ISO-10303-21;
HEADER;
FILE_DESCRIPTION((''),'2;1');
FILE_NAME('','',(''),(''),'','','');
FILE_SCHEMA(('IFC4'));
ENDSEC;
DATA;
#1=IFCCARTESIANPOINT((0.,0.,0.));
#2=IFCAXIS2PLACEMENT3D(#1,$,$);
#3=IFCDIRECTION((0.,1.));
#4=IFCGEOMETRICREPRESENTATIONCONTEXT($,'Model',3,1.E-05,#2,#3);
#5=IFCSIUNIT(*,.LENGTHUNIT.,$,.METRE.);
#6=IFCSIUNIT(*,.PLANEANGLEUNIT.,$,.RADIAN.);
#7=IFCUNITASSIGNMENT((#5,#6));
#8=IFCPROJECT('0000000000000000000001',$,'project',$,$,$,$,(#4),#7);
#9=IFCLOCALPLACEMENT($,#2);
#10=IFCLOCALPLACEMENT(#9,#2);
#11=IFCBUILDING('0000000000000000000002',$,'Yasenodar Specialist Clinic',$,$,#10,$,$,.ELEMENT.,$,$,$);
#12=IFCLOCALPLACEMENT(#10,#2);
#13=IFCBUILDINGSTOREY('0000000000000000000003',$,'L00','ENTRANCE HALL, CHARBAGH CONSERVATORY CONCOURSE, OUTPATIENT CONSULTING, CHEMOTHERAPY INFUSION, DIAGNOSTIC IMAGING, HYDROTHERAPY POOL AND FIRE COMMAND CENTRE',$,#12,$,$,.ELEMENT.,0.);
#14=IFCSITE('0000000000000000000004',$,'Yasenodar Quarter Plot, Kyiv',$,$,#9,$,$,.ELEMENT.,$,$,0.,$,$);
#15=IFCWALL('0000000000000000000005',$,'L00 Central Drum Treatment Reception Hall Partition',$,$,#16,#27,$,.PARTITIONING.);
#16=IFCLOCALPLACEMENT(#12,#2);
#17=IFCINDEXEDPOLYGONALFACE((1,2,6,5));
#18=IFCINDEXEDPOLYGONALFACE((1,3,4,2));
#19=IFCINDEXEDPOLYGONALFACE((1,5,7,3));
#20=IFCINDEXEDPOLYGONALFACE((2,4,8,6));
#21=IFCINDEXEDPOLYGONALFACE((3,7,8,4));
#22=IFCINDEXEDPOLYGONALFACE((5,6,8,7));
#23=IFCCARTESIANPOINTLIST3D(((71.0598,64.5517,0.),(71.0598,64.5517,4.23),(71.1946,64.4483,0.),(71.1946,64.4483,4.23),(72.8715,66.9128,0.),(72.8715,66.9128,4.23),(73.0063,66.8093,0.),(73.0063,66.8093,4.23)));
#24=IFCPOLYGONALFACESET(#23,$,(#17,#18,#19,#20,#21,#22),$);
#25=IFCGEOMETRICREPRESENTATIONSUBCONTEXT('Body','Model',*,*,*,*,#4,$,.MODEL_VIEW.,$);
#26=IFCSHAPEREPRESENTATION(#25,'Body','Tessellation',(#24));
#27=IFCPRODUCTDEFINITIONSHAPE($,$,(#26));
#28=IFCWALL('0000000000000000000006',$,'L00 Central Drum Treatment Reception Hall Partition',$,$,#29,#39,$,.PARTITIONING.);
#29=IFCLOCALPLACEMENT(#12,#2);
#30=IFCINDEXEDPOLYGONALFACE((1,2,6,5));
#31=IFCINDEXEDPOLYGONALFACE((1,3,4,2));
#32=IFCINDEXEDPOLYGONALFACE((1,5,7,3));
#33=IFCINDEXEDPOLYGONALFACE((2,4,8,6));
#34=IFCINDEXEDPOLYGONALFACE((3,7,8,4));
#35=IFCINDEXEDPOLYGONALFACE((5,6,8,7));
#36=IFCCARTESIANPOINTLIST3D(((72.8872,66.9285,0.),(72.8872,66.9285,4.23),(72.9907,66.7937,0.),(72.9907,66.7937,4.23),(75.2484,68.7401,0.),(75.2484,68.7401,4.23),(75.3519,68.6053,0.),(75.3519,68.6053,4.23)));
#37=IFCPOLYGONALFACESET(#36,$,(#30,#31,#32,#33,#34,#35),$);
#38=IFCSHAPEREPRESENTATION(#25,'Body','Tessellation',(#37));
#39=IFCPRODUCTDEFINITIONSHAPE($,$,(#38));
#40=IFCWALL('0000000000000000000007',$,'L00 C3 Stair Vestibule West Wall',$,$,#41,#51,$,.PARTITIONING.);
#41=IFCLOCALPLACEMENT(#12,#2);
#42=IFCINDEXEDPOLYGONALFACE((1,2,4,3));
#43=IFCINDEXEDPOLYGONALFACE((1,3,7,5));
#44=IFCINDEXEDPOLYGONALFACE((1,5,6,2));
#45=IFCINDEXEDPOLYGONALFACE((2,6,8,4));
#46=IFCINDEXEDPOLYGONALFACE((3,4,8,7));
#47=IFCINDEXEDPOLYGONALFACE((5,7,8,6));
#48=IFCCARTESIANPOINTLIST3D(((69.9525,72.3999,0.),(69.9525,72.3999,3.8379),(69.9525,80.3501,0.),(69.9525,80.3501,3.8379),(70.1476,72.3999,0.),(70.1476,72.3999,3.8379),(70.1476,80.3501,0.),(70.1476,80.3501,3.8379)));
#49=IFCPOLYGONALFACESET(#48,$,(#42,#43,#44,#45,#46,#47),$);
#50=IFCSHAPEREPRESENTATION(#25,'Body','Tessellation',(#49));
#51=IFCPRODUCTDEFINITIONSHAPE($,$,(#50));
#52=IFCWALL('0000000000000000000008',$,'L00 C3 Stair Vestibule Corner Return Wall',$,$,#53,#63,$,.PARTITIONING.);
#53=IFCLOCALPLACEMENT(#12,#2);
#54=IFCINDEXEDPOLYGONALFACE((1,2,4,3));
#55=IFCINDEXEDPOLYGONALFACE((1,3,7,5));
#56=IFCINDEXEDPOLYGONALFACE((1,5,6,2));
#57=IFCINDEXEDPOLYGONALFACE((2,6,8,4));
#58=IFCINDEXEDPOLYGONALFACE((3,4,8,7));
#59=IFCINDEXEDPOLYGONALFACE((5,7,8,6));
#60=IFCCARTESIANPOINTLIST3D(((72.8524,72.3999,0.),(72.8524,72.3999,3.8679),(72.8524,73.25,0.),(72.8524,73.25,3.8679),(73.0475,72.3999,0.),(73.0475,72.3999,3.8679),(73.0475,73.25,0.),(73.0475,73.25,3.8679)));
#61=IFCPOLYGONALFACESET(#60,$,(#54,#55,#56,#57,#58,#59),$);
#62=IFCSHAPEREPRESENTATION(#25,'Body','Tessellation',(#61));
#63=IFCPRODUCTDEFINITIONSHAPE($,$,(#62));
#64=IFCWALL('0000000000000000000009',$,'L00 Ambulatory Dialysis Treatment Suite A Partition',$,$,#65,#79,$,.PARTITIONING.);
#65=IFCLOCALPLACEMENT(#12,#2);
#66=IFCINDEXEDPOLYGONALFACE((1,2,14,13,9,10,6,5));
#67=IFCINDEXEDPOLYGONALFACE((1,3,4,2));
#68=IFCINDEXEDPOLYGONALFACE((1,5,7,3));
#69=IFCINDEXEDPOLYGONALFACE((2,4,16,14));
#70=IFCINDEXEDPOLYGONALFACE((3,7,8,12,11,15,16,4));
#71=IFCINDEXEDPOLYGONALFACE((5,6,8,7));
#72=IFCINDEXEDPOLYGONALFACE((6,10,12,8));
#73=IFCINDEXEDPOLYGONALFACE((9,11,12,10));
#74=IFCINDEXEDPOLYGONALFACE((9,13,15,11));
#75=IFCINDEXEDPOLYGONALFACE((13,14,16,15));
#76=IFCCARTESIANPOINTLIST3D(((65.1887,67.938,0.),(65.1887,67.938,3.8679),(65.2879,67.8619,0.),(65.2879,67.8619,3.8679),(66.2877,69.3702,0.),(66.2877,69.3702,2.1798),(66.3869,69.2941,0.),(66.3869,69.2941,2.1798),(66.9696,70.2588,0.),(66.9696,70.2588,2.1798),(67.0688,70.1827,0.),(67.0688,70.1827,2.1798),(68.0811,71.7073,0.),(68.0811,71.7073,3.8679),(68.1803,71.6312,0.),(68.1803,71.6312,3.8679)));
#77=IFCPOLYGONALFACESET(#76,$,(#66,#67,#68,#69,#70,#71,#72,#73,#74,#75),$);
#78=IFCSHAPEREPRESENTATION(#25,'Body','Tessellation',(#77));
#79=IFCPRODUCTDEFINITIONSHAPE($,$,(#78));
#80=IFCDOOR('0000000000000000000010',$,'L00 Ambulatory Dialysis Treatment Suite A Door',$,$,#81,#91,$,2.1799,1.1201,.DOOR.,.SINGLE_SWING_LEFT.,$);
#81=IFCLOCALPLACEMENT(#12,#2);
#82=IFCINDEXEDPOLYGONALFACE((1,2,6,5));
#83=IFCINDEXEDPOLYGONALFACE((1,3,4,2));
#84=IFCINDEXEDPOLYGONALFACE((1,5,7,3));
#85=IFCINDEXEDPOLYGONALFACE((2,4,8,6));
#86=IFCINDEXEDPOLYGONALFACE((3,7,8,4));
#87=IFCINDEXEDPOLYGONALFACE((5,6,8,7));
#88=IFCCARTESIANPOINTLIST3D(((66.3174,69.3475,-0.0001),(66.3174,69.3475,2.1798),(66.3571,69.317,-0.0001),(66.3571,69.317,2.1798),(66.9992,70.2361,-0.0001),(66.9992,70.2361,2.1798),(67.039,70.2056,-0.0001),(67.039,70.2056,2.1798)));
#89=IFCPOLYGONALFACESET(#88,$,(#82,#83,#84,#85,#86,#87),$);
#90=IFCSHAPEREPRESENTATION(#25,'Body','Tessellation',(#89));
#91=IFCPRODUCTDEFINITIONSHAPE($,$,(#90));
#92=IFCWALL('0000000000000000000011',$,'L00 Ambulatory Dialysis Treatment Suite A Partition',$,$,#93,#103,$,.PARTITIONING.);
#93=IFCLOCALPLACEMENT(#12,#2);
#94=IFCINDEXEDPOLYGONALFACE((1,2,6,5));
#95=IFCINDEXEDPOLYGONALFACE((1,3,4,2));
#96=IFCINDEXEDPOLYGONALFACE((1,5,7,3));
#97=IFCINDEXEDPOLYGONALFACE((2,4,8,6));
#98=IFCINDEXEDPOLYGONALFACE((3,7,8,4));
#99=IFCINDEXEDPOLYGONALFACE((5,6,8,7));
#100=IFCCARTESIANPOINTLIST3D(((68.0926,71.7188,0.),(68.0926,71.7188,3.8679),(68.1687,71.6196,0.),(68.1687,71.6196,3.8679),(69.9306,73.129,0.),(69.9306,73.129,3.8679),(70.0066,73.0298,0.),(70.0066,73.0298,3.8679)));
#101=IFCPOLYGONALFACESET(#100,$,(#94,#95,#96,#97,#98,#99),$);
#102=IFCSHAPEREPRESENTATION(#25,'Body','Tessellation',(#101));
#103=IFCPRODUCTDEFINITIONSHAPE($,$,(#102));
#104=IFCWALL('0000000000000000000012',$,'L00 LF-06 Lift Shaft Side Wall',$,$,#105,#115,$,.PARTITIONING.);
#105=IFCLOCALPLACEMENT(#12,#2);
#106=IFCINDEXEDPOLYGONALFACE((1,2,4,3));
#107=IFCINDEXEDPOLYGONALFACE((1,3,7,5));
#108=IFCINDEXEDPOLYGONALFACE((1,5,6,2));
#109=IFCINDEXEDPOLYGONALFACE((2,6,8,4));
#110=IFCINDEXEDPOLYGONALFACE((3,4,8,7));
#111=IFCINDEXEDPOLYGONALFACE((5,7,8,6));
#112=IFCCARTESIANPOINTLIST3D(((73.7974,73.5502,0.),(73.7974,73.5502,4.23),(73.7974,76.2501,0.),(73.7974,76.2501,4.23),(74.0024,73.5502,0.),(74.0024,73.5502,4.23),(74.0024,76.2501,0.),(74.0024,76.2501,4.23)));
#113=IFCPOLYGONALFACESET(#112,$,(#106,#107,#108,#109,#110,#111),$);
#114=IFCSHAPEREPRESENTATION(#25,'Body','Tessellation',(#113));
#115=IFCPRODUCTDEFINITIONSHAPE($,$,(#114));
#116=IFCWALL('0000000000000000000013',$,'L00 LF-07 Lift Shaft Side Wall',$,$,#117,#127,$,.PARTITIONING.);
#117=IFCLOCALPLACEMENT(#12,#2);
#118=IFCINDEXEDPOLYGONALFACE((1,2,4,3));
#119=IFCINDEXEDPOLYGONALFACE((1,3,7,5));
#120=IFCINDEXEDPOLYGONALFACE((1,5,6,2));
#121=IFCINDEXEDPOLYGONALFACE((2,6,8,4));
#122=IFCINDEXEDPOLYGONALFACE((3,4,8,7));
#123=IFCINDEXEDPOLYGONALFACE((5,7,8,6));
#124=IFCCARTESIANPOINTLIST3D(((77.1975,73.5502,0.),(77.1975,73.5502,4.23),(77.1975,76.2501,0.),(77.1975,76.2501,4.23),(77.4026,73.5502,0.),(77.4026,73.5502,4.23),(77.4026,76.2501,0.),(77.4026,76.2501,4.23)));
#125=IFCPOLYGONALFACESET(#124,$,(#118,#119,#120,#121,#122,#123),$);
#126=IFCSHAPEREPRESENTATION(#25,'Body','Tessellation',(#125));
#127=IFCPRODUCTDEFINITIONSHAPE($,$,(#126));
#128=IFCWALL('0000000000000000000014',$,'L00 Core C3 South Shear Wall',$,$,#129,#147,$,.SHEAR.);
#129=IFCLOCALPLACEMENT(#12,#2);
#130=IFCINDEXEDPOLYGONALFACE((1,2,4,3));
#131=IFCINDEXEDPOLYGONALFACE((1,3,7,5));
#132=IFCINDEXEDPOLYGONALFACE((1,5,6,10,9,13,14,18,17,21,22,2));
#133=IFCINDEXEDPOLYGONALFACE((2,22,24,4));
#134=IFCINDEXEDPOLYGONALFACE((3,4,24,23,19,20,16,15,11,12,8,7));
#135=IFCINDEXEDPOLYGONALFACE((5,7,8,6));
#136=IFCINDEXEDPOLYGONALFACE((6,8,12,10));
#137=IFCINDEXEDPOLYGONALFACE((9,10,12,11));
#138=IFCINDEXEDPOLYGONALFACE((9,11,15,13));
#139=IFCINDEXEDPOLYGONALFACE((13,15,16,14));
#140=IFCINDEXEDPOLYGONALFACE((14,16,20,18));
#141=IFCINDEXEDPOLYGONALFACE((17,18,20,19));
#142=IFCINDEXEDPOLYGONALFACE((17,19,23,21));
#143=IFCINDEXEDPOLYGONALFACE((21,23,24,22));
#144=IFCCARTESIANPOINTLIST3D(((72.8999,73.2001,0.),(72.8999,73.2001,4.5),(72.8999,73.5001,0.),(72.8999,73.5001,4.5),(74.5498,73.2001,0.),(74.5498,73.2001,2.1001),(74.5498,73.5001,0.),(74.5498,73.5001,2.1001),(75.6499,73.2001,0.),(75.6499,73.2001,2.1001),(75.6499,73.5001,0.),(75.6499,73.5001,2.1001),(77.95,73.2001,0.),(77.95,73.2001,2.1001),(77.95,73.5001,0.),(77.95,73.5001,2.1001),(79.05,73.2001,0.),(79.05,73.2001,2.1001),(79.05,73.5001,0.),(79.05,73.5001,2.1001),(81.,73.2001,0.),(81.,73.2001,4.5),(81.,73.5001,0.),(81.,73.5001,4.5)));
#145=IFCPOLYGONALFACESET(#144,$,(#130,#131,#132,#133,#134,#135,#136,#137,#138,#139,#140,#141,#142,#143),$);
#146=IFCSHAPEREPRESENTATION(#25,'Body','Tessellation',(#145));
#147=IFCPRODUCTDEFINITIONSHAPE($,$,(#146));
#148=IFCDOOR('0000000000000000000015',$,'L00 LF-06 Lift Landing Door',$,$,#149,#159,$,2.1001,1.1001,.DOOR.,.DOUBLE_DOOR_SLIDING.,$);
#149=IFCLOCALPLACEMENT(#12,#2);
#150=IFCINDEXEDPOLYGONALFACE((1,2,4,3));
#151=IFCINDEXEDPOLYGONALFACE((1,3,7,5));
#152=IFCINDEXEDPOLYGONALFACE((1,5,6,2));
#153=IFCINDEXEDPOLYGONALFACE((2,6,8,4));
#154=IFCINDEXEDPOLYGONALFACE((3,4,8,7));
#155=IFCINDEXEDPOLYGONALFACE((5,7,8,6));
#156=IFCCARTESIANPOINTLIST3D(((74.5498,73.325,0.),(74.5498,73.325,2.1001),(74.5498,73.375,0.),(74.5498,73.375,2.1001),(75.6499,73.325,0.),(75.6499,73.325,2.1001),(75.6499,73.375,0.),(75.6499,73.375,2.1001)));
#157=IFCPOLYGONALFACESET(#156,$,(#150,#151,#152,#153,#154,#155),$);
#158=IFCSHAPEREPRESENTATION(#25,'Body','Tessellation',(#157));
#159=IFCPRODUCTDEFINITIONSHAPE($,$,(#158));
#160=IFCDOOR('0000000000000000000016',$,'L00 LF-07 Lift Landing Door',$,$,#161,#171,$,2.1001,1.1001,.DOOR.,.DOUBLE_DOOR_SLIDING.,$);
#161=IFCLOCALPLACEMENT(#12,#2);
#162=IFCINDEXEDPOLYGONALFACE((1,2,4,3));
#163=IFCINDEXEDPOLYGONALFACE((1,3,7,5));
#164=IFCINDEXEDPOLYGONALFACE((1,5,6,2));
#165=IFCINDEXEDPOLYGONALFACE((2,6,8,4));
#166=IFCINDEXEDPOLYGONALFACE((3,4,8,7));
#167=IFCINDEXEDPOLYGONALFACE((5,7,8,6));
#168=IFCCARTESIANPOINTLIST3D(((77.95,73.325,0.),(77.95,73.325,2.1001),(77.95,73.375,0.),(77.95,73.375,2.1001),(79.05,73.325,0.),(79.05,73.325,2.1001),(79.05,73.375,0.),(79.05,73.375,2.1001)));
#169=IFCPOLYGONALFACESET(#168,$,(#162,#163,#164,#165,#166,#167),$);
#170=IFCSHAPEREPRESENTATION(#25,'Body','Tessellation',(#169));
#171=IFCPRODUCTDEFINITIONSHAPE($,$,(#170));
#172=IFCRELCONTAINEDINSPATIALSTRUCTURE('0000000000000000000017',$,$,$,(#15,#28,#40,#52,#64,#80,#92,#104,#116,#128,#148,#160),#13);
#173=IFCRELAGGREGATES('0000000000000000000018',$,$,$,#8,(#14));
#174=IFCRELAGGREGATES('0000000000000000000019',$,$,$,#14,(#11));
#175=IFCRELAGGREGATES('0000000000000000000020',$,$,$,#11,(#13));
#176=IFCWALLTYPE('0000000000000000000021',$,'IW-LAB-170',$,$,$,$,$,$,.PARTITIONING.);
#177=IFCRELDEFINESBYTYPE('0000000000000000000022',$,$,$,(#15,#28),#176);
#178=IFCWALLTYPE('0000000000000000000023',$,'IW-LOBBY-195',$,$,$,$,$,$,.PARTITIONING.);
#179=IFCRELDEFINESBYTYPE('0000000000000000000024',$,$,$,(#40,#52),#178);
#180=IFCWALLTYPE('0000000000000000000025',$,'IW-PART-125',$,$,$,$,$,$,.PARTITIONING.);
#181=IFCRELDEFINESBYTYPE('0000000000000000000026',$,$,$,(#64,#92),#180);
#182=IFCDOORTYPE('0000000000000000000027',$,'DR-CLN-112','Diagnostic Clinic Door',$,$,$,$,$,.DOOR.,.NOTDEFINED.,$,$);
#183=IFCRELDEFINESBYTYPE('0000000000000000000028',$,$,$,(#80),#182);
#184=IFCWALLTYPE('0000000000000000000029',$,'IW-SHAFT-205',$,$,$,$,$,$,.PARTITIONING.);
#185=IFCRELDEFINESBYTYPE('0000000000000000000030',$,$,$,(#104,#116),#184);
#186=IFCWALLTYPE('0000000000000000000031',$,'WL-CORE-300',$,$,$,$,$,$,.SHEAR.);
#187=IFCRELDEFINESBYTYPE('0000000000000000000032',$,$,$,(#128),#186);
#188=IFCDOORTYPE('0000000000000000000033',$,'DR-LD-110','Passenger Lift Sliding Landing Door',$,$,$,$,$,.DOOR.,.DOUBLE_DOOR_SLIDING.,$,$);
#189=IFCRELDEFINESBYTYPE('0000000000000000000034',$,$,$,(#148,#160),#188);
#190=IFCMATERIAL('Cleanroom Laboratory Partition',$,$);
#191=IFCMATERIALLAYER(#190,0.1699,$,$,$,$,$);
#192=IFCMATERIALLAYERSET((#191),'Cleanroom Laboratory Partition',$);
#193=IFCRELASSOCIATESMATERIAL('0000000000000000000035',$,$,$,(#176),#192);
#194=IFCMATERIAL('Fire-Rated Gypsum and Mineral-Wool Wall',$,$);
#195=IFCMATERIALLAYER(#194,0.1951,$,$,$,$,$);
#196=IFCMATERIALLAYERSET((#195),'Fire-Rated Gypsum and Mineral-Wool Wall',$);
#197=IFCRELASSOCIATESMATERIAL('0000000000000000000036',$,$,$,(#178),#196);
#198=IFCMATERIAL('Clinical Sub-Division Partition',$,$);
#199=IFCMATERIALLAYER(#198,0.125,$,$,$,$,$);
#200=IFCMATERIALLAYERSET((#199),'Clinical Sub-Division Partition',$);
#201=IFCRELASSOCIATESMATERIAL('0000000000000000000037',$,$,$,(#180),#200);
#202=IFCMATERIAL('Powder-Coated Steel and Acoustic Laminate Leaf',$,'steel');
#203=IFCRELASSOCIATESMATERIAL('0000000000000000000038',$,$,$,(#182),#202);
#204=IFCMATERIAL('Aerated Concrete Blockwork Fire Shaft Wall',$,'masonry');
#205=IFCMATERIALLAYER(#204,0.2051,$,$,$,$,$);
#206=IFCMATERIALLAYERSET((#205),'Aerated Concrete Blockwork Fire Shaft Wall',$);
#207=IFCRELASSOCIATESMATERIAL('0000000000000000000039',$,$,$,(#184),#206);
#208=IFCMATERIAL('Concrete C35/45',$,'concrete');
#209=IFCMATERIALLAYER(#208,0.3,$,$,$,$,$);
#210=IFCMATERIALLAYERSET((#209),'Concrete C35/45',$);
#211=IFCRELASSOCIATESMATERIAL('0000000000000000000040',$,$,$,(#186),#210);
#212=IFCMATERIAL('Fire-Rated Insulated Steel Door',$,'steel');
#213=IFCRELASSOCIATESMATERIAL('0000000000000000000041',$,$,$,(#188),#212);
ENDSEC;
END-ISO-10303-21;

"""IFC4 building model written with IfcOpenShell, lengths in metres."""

from ifc_helpers import new_model, si_unit, direction, frame, frame_2d, origin, place, context, subcontext, project, spatial, rectangle, extrude, material, layer, layer_set, type_object, element, fill, save


model = new_model("IFC4")

# Units and contexts
model_context = context("Model", 3, precision=1e-05, world=origin(), true_north=direction((0.0, 1.0)))
body_context = subcontext(model_context, "Body", "Model", "MODEL_VIEW")
ifc_project = project(units=[si_unit("LENGTHUNIT", "METRE"), si_unit("PLANEANGLEUNIT", "RADIAN")], contexts=[model_context])

# Site, building, storey
site_placement = place(None, origin())
site = spatial("IfcSite", under=ifc_project, at=site_placement, Name="Yasenodar Quarter Plot, Kyiv", CompositionType="ELEMENT", RefElevation=0.0)
building_placement = place(site_placement, origin())
building = spatial("IfcBuilding", under=site, at=building_placement, Name="Yasenodar Specialist Clinic", CompositionType="ELEMENT")
storey_placement = place(building_placement, origin())
storey = spatial("IfcBuildingStorey", under=building, at=storey_placement, Name="L00", Description="ENTRANCE HALL, CHARBAGH CONSERVATORY CONCOURSE, OUTPATIENT CONSULTING, CHEMOTHERAPY INFUSION, DIAGNOSTIC IMAGING, HYDROTHERAPY POOL AND FIRE COMMAND CENTRE", CompositionType="ELEMENT", Elevation=0.0)

# Shared definitions
ifc_material_1 = material(Name="Concrete C35/45", Category="concrete")

# Shared definitions
ifc_material_2 = material(Name="Cleanroom Laboratory Partition")
ifc_layer_1 = layer(ifc_material_2, 0.1699)
ifc_layer_set_1 = layer_set([ifc_layer_1], Name="Cleanroom Laboratory Partition")
wall_type_1 = type_object("IfcWallType", Name="IW-LAB-170", PredefinedType="PARTITIONING", material=ifc_layer_set_1)
ifc_material_3 = material(Name="Powder-Coated Steel and Acoustic Laminate Leaf", Category="steel")

# Walls
for number, where, z_axis, x_axis, name in (
    (1, (71.1272, 64.5, 0.0), (0.0, 0.0, 1.0), (0.608771, 0.793346, 0.0), "L00 Central Drum Treatment Reception Hall Partition"),
    (2, (72.939, 66.8611, 0.0), (0.0, 0.0, 1.0), (0.793386, 0.608719, 0.0), "L00 Central Drum Treatment Reception Hall Partition"),
):
    element("IfcWall", number, at=place(storey_placement, frame(where, z_axis=z_axis, x_axis=x_axis)), inside=storey, type_object=wall_type_1, Name=name, PredefinedType="PARTITIONING", context=body_context, shape_type="SweptSolid", body=[
        extrude(rectangle(XDim=2.9761, YDim=0.1699, at=frame_2d((1.488, 0.0))), origin(), (0.0, 0.0, 1.0), 4.23),
    ])
ifc_material_4 = material(Name="Fire-Rated Gypsum and Mineral-Wool Wall")
ifc_layer_2 = layer(ifc_material_4, 0.1951)
ifc_layer_set_2 = layer_set([ifc_layer_2], Name="Fire-Rated Gypsum and Mineral-Wool Wall")
wall_type_2 = type_object("IfcWallType", Name="IW-LOBBY-195", PredefinedType="PARTITIONING", material=ifc_layer_set_2)
wall_1_placement = place(storey_placement, frame((70.05, 72.3999, 0.0), z_axis=(0.0, 0.0, 1.0), x_axis=(0.0, 1.0, 0.0)))
element("IfcWall", 3, at=wall_1_placement, inside=storey, type_object=wall_type_2, Name="L00 C3 Stair Vestibule West Wall", PredefinedType="PARTITIONING", context=body_context, shape_type="SweptSolid", body=[
    extrude(rectangle(XDim=7.9502, YDim=0.1951, at=frame_2d((3.9751, 0.0))), origin(), (0.0, 0.0, 1.0), 3.8379),
])

# Shared definitions
ifc_material_5 = material(Name="Fire-Rated Insulated Steel Door", Category="steel")

# Wall
wall_2_placement = place(storey_placement, frame((72.95, 72.3999, 0.0), z_axis=(0.0, 0.0, 1.0), x_axis=(0.0, 1.0, 0.0)))
element("IfcWall", 4, at=wall_2_placement, inside=storey, type_object=wall_type_2, Name="L00 C3 Stair Vestibule Corner Return Wall", PredefinedType="PARTITIONING", context=body_context, shape_type="SweptSolid", body=[
    extrude(rectangle(XDim=0.8501, YDim=0.1951, at=frame_2d((0.425, 0.0))), origin(), (0.0, 0.0, 1.0), 3.8679),
])

# Wall, opening, door
ifc_material_6 = material(Name="Clinical Sub-Division Partition")
ifc_layer_3 = layer(ifc_material_6, 0.125)
ifc_layer_set_3 = layer_set([ifc_layer_3], Name="Clinical Sub-Division Partition")
wall_type_3 = type_object("IfcWallType", Name="IW-PART-125", PredefinedType="PARTITIONING", material=ifc_layer_set_3)
wall_3_placement = place(storey_placement, frame((68.1306, 71.6692, 0.0), z_axis=(0.0, 0.0, 1.0), x_axis=(-0.608769, -0.793347, 0.0)))
wall_3 = element("IfcWall", 5, at=wall_3_placement, inside=storey, type_object=wall_type_3, Name="L00 Ambulatory Dialysis Treatment Suite A Partition", PredefinedType="PARTITIONING", context=body_context, shape_type="SweptSolid", body=[
    extrude(rectangle(XDim=4.7512, YDim=0.125, at=frame_2d((2.3755, 0.0))), origin(), (0.0, 0.0, 1.0), 3.8679),
])
opening_1_placement = place(wall_3_placement, frame((1.8257, 0.0, 0.0)))
opening_1 = element("IfcOpeningElement", 6, at=opening_1_placement, cuts=wall_3, PredefinedType="OPENING", context=body_context, shape_type="SweptSolid", body=[
    extrude(rectangle(XDim=1.1201, YDim=2.1799, at=frame_2d((0.5601, 1.0898))), frame((0.0, 0.0725, 0.0), z_axis=(0.0, -1.0, 0.0), x_axis=(1.0, 0.0, 0.0)), (0.0, 0.0, 1.0), 0.145),
])
door_type_1 = type_object("IfcDoorType", Name="DR-CLN-112", Description="Diagnostic Clinic Door", OperationType="NOTDEFINED", PredefinedType="DOOR", material=ifc_material_3)
door_1_placement = place(opening_1_placement, origin())
door_1 = element("IfcDoor", 7, at=door_1_placement, inside=storey, type_object=door_type_1, Name="L00 Ambulatory Dialysis Treatment Suite A Door", OperationType="SINGLE_SWING_LEFT", OverallHeight=2.1799, OverallWidth=1.1201, PredefinedType="DOOR", context=body_context, shape_type="SweptSolid", body=[
    extrude(rectangle(XDim=1.1201, YDim=2.1799, at=frame_2d((0.5601, 1.0898))), frame((0.0, 0.0249, 0.0), z_axis=(0.0, -1.0, 0.0), x_axis=(1.0, 0.0, 0.0)), (0.0, 0.0, 1.0), 0.05),
])
fill(opening_1, door_1)

# Walls
wall_4_placement = place(storey_placement, frame((69.9685, 73.0793, 0.0), z_axis=(0.0, 0.0, 1.0), x_axis=(-0.793376, -0.608732, 0.0)))
element("IfcWall", 8, at=wall_4_placement, inside=storey, type_object=wall_type_3, Name="L00 Ambulatory Dialysis Treatment Suite A Partition", PredefinedType="PARTITIONING", context=body_context, shape_type="SweptSolid", body=[
    extrude(rectangle(XDim=2.3167, YDim=0.125, at=frame_2d((1.1582, 0.0))), origin(), (0.0, 0.0, 1.0), 3.8679),
])
ifc_material_7 = material(Name="Aerated Concrete Blockwork Fire Shaft Wall", Category="masonry")
ifc_layer_4 = layer(ifc_material_7, 0.2051)
ifc_layer_set_4 = layer_set([ifc_layer_4], Name="Aerated Concrete Blockwork Fire Shaft Wall")
wall_type_4 = type_object("IfcWallType", Name="IW-SHAFT-205", PredefinedType="PARTITIONING", material=ifc_layer_set_4)
for number, where, z_axis, x_axis, name in (
    (9, (73.8999, 73.55, 0.0), (0.0, 0.0, 1.0), (0.0, 1.0, 0.0), "L00 LF-06 Lift Shaft Side Wall"),
    (10, (77.3, 73.55, 0.0), (0.0, 0.0, 1.0), (0.0, 1.0, 0.0), "L00 LF-07 Lift Shaft Side Wall"),
):
    element("IfcWall", number, at=place(storey_placement, frame(where, z_axis=z_axis, x_axis=x_axis)), inside=storey, type_object=wall_type_4, Name=name, PredefinedType="PARTITIONING", context=body_context, shape_type="SweptSolid", body=[
        extrude(rectangle(XDim=2.7, YDim=0.2051, at=frame_2d((1.3501, 0.0))), origin(), (0.0, 0.0, 1.0), 4.23),
    ])

# Wall, openings, doors
ifc_layer_5 = layer(ifc_material_1, 0.3)
ifc_layer_set_5 = layer_set([ifc_layer_5], Name="Concrete C35/45")
wall_type_5 = type_object("IfcWallType", Name="WL-CORE-300", PredefinedType="SHEAR", material=ifc_layer_set_5)
wall_5_placement = place(storey_placement, frame((72.8999, 73.3501, 0.0), z_axis=(0.0, 0.0, 1.0), x_axis=(1.0, 0.0, 0.0)))
wall_5 = element("IfcWall", 11, at=wall_5_placement, inside=storey, type_object=wall_type_5, Name="L00 Core C3 South Shear Wall", PredefinedType="SHEAR", context=body_context, shape_type="SweptSolid", body=[
    extrude(rectangle(XDim=8.1001, YDim=0.3, at=frame_2d((4.05, 0.0))), origin(), (0.0, 0.0, 1.0), 4.5),
])
opening_2_placement = place(wall_5_placement, frame((1.6499, 0.0, 0.0)))
opening_2 = element("IfcOpeningElement", 12, at=opening_2_placement, cuts=wall_5, PredefinedType="OPENING", context=body_context, shape_type="SweptSolid", body=[
    extrude(rectangle(XDim=1.1001, YDim=2.1001, at=frame_2d((0.55, 1.05))), frame((0.0, 0.1602, 0.0), z_axis=(0.0, -1.0, 0.0), x_axis=(1.0, 0.0, 0.0)), (0.0, 0.0, 1.0), 0.3201),
])
opening_3_placement = place(wall_5_placement, frame((5.05, 0.0, 0.0)))
opening_3 = element("IfcOpeningElement", 13, at=opening_3_placement, cuts=wall_5, PredefinedType="OPENING", context=body_context, shape_type="SweptSolid", body=[
    extrude(rectangle(XDim=1.1001, YDim=2.1001, at=frame_2d((0.55, 1.05))), frame((0.0, 0.1602, 0.0), z_axis=(0.0, -1.0, 0.0), x_axis=(1.0, 0.0, 0.0)), (0.0, 0.0, 1.0), 0.3201),
])
door_type_2 = type_object("IfcDoorType", Name="DR-LD-110", Description="Passenger Lift Sliding Landing Door", OperationType="DOUBLE_DOOR_SLIDING", PredefinedType="DOOR", material=ifc_material_5)
door_2_placement = place(opening_2_placement, origin())
door_2 = element("IfcDoor", 14, at=door_2_placement, inside=storey, type_object=door_type_2, Name="L00 LF-06 Lift Landing Door", OperationType="DOUBLE_DOOR_SLIDING", OverallHeight=2.1001, OverallWidth=1.1001, PredefinedType="DOOR", context=body_context, shape_type="SweptSolid", body=[
    extrude(rectangle(XDim=1.1001, YDim=2.1001, at=frame_2d((0.55, 1.05))), frame((0.0, 0.0249, 0.0), z_axis=(0.0, -1.0, 0.0), x_axis=(1.0, 0.0, 0.0)), (0.0, 0.0, 1.0), 0.05),
])
fill(opening_2, door_2)
door_3_placement = place(opening_3_placement, origin())
door_3 = element("IfcDoor", 15, at=door_3_placement, inside=storey, type_object=door_type_2, Name="L00 LF-07 Lift Landing Door", OperationType="DOUBLE_DOOR_SLIDING", OverallHeight=2.1001, OverallWidth=1.1001, PredefinedType="DOOR", context=body_context, shape_type="SweptSolid", body=[
    extrude(rectangle(XDim=1.1001, YDim=2.1001, at=frame_2d((0.55, 1.05))), frame((0.0, 0.0249, 0.0), z_axis=(0.0, -1.0, 0.0), x_axis=(1.0, 0.0, 0.0)), (0.0, 0.0, 1.0), 0.05),
])
fill(opening_3, door_3)

save(model, "model.ifc")
